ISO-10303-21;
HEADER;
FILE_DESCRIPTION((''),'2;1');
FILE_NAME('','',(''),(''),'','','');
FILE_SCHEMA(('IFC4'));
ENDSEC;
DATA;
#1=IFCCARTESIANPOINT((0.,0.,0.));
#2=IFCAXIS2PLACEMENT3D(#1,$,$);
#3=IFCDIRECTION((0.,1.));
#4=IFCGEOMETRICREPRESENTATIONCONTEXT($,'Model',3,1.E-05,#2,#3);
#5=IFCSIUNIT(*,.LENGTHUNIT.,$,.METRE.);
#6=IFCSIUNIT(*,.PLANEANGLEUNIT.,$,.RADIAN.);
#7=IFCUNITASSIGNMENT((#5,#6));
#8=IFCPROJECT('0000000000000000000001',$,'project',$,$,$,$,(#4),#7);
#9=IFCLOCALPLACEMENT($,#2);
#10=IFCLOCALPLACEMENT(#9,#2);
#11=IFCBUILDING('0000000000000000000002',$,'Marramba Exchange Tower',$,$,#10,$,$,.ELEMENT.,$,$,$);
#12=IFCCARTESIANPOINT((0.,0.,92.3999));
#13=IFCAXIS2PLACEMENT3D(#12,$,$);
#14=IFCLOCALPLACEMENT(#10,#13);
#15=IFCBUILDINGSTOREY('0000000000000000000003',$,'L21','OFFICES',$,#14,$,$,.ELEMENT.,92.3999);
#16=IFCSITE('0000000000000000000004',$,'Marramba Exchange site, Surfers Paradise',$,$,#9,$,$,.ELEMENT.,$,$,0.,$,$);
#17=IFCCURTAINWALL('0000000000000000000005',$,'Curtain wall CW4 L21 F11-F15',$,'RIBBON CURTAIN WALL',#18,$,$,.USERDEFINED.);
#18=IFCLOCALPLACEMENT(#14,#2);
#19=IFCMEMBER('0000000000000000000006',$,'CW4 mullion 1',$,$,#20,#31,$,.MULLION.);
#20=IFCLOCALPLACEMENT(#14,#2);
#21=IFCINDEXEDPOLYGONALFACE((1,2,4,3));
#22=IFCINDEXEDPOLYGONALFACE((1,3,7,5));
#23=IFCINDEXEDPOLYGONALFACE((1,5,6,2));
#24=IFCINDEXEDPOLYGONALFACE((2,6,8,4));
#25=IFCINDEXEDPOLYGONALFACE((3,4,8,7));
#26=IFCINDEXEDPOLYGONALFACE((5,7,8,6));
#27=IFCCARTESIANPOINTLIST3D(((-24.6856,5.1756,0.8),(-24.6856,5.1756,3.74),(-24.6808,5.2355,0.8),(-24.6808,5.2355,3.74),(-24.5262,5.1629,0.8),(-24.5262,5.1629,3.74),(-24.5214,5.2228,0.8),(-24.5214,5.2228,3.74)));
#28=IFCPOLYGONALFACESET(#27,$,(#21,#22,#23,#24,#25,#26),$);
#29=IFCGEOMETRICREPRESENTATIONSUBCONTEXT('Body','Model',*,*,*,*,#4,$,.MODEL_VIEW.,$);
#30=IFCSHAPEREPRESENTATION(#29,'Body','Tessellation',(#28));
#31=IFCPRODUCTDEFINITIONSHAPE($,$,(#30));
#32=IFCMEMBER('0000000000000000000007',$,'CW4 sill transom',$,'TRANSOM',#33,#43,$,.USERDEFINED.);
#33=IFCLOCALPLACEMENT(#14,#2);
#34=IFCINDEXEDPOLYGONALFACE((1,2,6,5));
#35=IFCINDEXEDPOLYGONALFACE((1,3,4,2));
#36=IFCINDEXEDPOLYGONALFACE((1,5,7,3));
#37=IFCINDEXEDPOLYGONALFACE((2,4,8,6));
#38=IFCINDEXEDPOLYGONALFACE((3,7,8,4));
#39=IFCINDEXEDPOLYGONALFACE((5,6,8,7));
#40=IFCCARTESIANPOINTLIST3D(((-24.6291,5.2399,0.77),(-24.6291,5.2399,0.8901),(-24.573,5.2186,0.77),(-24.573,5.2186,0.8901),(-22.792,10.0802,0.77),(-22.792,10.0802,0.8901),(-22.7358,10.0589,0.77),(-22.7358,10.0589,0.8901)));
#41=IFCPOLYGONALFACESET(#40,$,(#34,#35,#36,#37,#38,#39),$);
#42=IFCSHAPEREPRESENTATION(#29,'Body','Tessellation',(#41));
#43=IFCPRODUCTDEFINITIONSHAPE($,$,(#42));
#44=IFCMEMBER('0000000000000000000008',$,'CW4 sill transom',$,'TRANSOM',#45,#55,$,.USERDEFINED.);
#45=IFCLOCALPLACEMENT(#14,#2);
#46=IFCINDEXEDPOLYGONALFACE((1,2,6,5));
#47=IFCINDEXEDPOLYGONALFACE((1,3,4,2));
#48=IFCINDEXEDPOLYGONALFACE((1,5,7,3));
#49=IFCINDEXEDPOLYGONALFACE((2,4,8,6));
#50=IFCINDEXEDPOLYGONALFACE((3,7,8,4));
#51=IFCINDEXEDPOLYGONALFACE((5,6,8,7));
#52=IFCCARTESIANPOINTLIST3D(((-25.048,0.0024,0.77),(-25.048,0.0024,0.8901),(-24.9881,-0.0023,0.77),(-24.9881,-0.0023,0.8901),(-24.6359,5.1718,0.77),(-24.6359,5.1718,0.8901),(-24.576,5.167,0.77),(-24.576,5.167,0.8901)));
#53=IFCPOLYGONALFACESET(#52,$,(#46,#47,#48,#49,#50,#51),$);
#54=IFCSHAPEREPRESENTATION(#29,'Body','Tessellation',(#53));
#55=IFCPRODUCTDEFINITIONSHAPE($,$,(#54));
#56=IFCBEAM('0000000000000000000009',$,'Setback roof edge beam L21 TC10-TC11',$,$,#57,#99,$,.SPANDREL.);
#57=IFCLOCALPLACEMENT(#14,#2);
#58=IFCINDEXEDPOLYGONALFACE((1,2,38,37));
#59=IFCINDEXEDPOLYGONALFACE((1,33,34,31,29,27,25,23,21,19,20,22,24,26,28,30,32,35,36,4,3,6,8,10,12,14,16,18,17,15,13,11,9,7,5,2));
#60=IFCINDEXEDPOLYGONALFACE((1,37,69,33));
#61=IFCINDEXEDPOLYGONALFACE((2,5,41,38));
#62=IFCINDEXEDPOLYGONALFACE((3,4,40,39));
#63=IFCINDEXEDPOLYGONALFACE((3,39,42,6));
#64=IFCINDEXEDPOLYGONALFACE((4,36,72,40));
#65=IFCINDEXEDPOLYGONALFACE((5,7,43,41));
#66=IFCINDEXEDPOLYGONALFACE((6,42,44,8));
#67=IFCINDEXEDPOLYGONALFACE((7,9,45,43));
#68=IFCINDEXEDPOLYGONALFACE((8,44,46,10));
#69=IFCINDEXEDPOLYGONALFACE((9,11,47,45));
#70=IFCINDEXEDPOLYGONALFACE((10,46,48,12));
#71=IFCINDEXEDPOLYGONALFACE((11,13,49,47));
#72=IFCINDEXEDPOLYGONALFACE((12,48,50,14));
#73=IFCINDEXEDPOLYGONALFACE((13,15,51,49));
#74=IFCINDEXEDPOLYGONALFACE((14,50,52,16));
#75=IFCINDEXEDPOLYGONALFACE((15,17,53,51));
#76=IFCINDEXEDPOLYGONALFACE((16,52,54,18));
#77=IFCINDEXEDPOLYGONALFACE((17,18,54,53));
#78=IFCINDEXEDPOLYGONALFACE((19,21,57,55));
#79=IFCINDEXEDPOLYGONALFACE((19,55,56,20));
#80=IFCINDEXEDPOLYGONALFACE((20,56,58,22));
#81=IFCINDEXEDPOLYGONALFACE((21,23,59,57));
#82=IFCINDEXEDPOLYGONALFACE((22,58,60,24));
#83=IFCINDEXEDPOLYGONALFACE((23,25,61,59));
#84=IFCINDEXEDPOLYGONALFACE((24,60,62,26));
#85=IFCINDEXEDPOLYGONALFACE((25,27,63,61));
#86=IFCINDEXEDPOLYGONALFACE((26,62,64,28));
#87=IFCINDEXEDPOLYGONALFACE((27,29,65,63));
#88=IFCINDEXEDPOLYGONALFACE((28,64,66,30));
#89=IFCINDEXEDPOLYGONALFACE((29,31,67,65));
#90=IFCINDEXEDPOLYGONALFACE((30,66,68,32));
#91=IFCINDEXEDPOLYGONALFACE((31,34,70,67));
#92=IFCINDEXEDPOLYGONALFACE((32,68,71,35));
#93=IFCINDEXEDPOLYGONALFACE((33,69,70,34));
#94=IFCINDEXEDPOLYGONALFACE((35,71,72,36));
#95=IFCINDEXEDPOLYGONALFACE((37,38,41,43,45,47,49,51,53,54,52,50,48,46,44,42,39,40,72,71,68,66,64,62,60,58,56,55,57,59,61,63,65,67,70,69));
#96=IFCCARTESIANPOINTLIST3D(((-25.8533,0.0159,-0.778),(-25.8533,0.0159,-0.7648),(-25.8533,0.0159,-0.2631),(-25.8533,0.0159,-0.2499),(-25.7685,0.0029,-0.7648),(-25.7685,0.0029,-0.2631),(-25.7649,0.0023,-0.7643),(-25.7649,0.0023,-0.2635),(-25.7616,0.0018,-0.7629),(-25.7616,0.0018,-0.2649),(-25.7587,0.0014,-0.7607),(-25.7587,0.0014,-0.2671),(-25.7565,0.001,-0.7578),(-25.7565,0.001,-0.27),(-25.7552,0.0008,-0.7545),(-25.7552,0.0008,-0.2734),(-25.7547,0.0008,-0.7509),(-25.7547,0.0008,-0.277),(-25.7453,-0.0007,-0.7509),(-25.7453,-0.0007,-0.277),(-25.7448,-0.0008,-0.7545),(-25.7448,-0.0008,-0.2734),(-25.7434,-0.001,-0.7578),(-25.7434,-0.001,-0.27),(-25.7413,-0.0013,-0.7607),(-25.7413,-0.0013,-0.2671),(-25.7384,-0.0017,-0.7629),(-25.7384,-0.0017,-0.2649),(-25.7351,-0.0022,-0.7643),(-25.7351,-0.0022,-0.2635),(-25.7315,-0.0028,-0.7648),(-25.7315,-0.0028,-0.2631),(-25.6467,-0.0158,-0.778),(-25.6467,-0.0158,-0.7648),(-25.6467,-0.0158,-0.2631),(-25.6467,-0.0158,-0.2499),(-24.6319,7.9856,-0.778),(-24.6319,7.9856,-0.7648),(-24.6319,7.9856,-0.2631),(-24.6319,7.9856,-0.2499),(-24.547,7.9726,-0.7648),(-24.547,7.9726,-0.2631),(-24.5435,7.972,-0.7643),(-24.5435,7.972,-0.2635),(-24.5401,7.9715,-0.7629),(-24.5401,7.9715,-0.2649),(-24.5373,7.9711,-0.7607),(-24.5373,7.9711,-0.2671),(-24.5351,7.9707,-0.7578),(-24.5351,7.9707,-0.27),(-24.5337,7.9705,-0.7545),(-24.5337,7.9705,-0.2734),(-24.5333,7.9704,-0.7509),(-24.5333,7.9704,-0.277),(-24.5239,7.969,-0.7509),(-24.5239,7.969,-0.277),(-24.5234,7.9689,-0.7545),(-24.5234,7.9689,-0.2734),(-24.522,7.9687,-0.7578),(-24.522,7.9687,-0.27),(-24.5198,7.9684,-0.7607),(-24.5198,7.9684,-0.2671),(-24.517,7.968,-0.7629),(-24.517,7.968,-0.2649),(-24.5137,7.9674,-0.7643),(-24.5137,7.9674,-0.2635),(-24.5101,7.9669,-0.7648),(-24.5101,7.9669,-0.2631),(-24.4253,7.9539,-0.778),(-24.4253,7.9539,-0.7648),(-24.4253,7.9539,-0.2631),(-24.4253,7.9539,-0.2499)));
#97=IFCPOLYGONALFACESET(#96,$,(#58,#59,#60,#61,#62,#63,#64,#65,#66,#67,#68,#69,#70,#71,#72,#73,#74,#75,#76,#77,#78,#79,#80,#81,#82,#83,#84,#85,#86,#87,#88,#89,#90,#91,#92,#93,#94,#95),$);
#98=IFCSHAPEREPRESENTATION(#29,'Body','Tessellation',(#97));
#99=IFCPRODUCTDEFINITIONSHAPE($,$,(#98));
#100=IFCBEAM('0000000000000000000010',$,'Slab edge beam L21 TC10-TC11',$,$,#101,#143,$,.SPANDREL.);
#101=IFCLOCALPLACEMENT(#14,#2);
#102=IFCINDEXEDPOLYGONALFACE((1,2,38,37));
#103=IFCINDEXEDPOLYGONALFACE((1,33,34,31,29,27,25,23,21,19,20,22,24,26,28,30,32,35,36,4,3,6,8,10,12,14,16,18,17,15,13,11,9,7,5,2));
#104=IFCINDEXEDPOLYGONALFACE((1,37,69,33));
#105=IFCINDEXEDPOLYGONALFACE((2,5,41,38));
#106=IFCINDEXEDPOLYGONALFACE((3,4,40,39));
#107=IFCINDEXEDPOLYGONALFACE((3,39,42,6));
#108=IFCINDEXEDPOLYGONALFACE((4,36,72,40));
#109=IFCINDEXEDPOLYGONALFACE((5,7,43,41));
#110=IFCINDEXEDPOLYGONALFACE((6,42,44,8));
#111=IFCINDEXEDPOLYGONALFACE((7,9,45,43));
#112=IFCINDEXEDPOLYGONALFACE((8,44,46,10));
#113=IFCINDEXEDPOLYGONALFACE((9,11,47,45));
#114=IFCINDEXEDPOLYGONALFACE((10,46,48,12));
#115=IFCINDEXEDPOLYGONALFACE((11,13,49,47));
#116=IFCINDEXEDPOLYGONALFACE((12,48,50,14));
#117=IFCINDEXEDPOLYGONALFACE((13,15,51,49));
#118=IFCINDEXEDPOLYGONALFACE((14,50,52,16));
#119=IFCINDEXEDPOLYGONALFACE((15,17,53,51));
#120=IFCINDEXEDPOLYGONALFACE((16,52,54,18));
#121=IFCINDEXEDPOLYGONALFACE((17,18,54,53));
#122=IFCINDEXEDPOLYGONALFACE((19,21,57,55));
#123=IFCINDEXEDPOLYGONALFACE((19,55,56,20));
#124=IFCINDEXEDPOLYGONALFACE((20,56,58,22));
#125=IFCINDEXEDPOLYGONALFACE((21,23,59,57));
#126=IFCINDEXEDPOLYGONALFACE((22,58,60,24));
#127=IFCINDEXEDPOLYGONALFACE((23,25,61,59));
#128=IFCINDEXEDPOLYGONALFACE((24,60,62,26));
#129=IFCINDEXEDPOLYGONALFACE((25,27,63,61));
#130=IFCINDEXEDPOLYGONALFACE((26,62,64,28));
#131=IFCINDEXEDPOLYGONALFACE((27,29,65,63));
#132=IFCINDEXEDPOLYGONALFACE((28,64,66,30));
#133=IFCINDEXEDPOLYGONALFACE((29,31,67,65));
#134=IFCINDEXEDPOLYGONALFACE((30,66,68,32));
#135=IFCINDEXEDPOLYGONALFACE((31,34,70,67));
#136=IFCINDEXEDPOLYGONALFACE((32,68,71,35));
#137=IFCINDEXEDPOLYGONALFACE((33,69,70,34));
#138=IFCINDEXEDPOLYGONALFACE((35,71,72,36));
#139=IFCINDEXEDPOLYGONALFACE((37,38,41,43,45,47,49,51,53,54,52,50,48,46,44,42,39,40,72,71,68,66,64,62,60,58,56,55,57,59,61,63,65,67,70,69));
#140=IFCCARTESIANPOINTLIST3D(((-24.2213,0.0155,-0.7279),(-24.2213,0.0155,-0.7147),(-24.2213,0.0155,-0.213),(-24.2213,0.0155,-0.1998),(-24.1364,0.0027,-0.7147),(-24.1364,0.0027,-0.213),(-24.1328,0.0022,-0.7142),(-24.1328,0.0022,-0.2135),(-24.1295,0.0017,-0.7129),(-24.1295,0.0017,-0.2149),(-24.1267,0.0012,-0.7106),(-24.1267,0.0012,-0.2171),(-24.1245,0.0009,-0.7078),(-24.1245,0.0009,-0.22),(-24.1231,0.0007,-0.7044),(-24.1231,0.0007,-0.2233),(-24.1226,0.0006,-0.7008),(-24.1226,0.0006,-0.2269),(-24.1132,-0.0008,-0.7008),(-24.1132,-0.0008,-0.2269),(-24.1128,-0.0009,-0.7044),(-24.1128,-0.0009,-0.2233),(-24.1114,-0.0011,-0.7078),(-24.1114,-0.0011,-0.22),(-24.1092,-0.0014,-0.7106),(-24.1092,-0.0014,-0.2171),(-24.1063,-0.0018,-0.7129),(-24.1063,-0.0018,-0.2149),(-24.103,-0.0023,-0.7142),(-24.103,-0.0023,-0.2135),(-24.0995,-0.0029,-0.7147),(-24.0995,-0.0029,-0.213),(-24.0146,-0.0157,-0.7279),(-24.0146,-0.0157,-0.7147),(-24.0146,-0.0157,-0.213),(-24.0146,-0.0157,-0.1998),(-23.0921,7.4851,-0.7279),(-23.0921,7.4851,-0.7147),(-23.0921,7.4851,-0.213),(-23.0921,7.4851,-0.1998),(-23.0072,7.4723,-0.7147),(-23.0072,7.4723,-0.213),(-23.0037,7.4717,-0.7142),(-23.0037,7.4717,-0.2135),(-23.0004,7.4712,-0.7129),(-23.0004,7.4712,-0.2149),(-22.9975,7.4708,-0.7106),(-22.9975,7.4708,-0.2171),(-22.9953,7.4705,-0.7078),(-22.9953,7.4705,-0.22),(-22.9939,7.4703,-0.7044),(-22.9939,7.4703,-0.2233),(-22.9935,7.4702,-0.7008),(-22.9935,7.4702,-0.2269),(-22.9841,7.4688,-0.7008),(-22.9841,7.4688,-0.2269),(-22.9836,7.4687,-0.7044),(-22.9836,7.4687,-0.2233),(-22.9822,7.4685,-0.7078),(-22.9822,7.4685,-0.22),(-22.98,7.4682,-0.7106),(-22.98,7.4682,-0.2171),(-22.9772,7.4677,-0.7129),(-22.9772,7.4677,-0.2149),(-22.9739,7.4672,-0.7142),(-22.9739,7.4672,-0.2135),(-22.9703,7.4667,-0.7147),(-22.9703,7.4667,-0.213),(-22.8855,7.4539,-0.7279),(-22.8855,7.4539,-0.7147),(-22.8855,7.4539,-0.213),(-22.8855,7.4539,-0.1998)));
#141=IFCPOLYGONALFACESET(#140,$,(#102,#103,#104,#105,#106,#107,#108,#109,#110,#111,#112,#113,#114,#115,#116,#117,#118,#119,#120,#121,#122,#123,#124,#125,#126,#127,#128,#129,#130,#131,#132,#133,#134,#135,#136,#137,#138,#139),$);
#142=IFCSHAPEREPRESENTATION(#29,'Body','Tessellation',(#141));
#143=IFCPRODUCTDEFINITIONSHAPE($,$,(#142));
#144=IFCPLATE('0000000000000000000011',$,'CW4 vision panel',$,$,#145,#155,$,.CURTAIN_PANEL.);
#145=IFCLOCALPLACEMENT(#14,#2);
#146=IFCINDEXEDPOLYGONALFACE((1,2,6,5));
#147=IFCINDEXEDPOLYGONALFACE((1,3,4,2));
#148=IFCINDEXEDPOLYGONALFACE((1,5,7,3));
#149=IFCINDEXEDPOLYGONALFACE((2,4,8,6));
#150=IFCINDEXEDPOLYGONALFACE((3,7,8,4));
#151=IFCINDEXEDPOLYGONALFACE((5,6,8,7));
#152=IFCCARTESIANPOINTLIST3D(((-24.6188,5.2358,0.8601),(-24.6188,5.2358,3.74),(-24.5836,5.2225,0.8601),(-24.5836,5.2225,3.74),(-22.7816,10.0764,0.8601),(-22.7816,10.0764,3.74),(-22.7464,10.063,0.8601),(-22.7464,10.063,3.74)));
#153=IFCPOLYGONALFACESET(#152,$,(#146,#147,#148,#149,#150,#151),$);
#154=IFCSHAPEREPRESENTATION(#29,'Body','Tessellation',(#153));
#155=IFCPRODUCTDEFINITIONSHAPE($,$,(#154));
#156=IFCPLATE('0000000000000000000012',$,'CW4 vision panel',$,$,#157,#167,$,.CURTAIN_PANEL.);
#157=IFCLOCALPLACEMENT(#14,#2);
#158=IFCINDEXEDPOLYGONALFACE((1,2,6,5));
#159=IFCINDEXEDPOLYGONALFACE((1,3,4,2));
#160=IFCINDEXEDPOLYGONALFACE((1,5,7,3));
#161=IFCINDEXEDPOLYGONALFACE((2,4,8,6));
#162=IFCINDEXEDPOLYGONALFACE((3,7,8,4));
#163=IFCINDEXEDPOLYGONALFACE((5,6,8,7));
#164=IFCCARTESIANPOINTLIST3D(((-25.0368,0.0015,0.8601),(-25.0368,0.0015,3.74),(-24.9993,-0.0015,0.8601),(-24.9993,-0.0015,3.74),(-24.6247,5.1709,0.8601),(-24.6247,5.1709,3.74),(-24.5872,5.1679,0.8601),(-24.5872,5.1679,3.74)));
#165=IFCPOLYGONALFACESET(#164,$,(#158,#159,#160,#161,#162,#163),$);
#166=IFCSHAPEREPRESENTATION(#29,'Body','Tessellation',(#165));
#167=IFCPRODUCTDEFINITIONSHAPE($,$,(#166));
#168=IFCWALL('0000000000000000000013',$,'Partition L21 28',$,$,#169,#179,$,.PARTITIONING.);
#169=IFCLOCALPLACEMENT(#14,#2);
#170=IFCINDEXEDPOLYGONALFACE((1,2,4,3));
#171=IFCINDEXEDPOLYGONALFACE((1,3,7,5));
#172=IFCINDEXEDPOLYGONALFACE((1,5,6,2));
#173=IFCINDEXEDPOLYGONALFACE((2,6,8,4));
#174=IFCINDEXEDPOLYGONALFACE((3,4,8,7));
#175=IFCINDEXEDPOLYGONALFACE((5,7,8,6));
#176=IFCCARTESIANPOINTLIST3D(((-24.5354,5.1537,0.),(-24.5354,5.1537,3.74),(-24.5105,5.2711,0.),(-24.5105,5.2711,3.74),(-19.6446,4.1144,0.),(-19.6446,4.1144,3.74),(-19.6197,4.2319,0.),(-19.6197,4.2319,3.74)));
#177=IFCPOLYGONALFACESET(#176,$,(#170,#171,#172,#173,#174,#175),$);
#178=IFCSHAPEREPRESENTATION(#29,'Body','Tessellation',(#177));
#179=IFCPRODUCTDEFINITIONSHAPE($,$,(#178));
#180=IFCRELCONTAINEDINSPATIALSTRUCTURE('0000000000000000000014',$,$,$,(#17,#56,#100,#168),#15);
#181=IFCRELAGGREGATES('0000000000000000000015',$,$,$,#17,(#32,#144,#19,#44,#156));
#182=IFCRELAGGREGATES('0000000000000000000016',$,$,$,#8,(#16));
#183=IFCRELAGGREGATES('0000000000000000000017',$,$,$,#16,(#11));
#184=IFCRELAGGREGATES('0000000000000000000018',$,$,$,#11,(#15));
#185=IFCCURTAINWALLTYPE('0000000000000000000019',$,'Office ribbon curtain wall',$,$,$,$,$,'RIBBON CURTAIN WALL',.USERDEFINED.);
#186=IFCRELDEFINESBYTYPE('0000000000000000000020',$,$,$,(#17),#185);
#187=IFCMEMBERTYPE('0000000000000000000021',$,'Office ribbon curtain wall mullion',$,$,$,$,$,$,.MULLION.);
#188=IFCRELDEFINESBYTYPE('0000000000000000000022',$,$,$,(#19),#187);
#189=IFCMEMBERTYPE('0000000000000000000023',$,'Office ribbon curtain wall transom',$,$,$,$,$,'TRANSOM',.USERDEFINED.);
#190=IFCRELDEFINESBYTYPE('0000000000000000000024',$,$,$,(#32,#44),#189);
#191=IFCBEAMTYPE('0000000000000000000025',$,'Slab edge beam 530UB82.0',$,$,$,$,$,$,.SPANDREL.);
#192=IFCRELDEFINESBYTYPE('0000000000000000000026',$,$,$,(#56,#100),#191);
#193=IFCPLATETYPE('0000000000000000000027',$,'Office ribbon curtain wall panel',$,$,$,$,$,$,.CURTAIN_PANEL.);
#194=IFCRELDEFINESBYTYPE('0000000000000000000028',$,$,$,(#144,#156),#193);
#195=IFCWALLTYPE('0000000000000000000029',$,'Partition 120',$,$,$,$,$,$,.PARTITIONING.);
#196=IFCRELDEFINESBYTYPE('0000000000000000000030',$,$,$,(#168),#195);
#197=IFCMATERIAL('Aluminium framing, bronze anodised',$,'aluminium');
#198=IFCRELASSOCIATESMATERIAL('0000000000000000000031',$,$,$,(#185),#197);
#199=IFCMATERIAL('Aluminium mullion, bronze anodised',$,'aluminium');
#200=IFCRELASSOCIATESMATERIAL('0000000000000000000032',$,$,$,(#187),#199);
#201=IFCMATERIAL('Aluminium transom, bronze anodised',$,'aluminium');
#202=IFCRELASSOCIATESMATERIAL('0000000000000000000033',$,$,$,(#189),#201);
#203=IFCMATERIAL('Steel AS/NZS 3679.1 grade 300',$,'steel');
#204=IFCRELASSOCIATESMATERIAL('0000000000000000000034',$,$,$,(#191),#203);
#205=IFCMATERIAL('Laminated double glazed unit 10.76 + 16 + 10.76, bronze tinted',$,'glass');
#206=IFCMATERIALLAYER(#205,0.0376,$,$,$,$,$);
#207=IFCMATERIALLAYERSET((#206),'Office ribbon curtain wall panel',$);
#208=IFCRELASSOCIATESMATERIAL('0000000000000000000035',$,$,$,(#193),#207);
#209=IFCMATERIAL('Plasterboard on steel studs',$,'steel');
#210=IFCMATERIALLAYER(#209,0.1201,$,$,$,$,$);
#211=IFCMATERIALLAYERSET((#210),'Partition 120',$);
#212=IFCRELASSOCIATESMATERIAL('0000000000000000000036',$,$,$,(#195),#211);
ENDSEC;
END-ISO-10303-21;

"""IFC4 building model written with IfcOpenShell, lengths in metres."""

from ifc_helpers import new_model, si_unit, direction, frame, frame_2d, origin, origin_2d, place, context, subcontext, project, spatial, rectangle, i_section, extrude, material, layer, layer_set, material_profile, profile_set, type_object, element, aggregate, save


model = new_model("IFC4")

# Units and contexts
model_context = context("Model", 3, precision=1e-05, world=origin(), true_north=direction((0.0, 1.0)))
body_context = subcontext(model_context, "Body", "Model", "MODEL_VIEW")
ifc_project = project(units=[si_unit("LENGTHUNIT", "METRE"), si_unit("PLANEANGLEUNIT", "RADIAN")], contexts=[model_context])

# Site, building, storey
site_placement = place(None, origin())
site = spatial("IfcSite", under=ifc_project, at=site_placement, Name="Marramba Exchange site, Surfers Paradise", CompositionType="ELEMENT", RefElevation=0.0)
building_placement = place(site_placement, origin())
building = spatial("IfcBuilding", under=site, at=building_placement, Name="Marramba Exchange Tower", CompositionType="ELEMENT")
storey_placement = place(building_placement, frame((0.0, 0.0, 92.3999)))
storey = spatial("IfcBuildingStorey", under=building, at=storey_placement, Name="L21", Description="OFFICES", CompositionType="ELEMENT", Elevation=92.3999)

# Curtain wall, members
ifc_material_1 = material(Name="Aluminium framing, bronze anodised", Category="aluminium")
curtain_wall_type = type_object("IfcCurtainWallType", Name="Office ribbon curtain wall", ElementType="RIBBON CURTAIN WALL", PredefinedType="USERDEFINED", material=ifc_material_1)
curtain_wall_placement = place(storey_placement, origin())
curtain_wall = element("IfcCurtainWall", 1, at=curtain_wall_placement, inside=storey, type_object=curtain_wall_type, Name="Curtain wall CW4 L21 F11-F15", ObjectType="RIBBON CURTAIN WALL", PredefinedType="USERDEFINED")
ifc_material_2 = material(Name="Aluminium mullion, bronze anodised", Category="aluminium")
ifc_material_profile_1 = material_profile(ifc_material_2, rectangle(XDim=0.1599, YDim=0.0601, at=origin_2d()), Name="CW4 mullion 60x160")
ifc_profile_set_1 = profile_set([ifc_material_profile_1], Name="Aluminium mullion, bronze anodised")
member_type_1 = type_object("IfcMemberType", Name="Office ribbon curtain wall mullion", PredefinedType="MULLION", material=ifc_profile_set_1)
member_1_placement = place(storey_placement, frame((-24.6035, 5.1992, 0.8), z_axis=(0.0, 0.0, 1.0), x_axis=(0.996838, -0.07946, 0.0)))
member_1 = element("IfcMember", 2, at=member_1_placement, type_object=member_type_1, Name="CW4 mullion 1", PredefinedType="MULLION", context=body_context, shape_type="SweptSolid", body=[
    extrude(rectangle(XDim=0.1599, YDim=0.0601, at=origin_2d()), origin(), (0.0, 0.0, 1.0), 2.9399),
])
ifc_material_3 = material(Name="Aluminium transom, bronze anodised", Category="aluminium")
ifc_material_profile_2 = material_profile(ifc_material_3, rectangle(XDim=0.0601, YDim=0.1201, at=origin_2d()), Name="CW4 transom 60x120")
ifc_profile_set_2 = profile_set([ifc_material_profile_2], Name="Aluminium transom, bronze anodised")
member_type_2 = type_object("IfcMemberType", Name="Office ribbon curtain wall transom", ElementType="TRANSOM", PredefinedType="USERDEFINED", material=ifc_profile_set_2)
member_2_placement = place(storey_placement, frame((-22.7639, 10.0696, 0.8301), z_axis=(-0.354852, -0.934923, 0.0), x_axis=(0.934923, -0.354852, 0.0)))
member_2 = element("IfcMember", 3, at=member_2_placement, type_object=member_type_2, Name="CW4 sill transom", ObjectType="TRANSOM", PredefinedType="USERDEFINED", context=body_context, shape_type="SweptSolid", body=[
    extrude(rectangle(XDim=0.0601, YDim=0.1201, at=origin_2d()), origin(), (0.0, 0.0, 1.0), 5.1772),
])
member_3_placement = place(storey_placement, frame((-24.606, 5.1694, 0.8301), z_axis=(-0.079468, -0.996837, 0.0), x_axis=(0.996837, -0.079468, 0.0)))
member_3 = element("IfcMember", 4, at=member_3_placement, type_object=member_type_2, Name="CW4 sill transom", ObjectType="TRANSOM", PredefinedType="USERDEFINED", context=body_context, shape_type="SweptSolid", body=[
    extrude(rectangle(XDim=0.0601, YDim=0.1201, at=origin_2d()), origin(), (0.0, 0.0, 1.0), 5.1858),
])

# Beams
ifc_material_4 = material(Name="Steel AS/NZS 3679.1 grade 300", Category="steel")
ifc_material_profile_3 = material_profile(ifc_material_4, i_section(OverallWidth=0.209, OverallDepth=0.5281, WebThickness=0.0095, FlangeThickness=0.0132, FilletRadius=0.0139, at=origin_2d()), Name="530UB82.0")
ifc_profile_set_3 = profile_set([ifc_material_profile_3], Name="Steel AS/NZS 3679.1 grade 300")
beam_type = type_object("IfcBeamType", Name="Slab edge beam 530UB82.0", PredefinedType="SPANDREL", material=ifc_profile_set_3)
beam_1_placement = place(storey_placement, frame((-24.5286, 7.9697, -0.5139), z_axis=(-0.151491, -0.988459, 0.0), x_axis=(0.988459, -0.151491, 0.0)))
element("IfcBeam", 5, at=beam_1_placement, inside=storey, type_object=beam_type, Name="Setback roof edge beam L21 TC10-TC11", PredefinedType="SPANDREL", context=body_context, shape_type="SweptSolid", body=[
    extrude(i_section(OverallWidth=0.209, OverallDepth=0.5281, WebThickness=0.0095, FlangeThickness=0.0132, FilletRadius=0.0139, at=origin_2d()), origin(), (0.0, 0.0, 1.0), 8.0627),
])
beam_2_placement = place(storey_placement, frame((-22.9888, 7.4695, -0.4639), z_axis=(-0.14947, -0.988766, 0.0), x_axis=(0.988766, -0.14947, 0.0)))
element("IfcBeam", 6, at=beam_2_placement, inside=storey, type_object=beam_type, Name="Slab edge beam L21 TC10-TC11", PredefinedType="SPANDREL", context=body_context, shape_type="SweptSolid", body=[
    extrude(i_section(OverallWidth=0.209, OverallDepth=0.5281, WebThickness=0.0095, FlangeThickness=0.0132, FilletRadius=0.0139, at=origin_2d()), origin(), (0.0, 0.0, 1.0), 7.5544),
])

# Plates
ifc_material_5 = material(Name="Laminated double glazed unit 10.76 + 16 + 10.76, bronze tinted", Category="glass")
ifc_layer_1 = layer(ifc_material_5, 0.0376)
ifc_layer_set_1 = layer_set([ifc_layer_1], Name="Office ribbon curtain wall panel")
plate_type = type_object("IfcPlateType", Name="Office ribbon curtain wall panel", PredefinedType="CURTAIN_PANEL", material=ifc_layer_set_1)
plate_1_placement = place(storey_placement, frame((-23.6826, 7.6494, 0.8601), z_axis=(0.0, 0.0, 1.0), x_axis=(-0.354844, -0.934925, 0.0)))
plate_1 = element("IfcPlate", 7, at=plate_1_placement, type_object=plate_type, Name="CW4 vision panel", PredefinedType="CURTAIN_PANEL", context=body_context, shape_type="SweptSolid", body=[
    extrude(rectangle(XDim=5.1775, YDim=0.0376, at=origin_2d()), origin(), (0.0, 0.0, 1.0), 2.8799),
])
plate_2_placement = place(storey_placement, frame((-24.812, 2.5847, 0.8601), z_axis=(0.0, 0.0, 1.0), x_axis=(-0.07946, -0.996838, 0.0)))
plate_2 = element("IfcPlate", 8, at=plate_2_placement, type_object=plate_type, Name="CW4 vision panel", PredefinedType="CURTAIN_PANEL", context=body_context, shape_type="SweptSolid", body=[
    extrude(rectangle(XDim=5.1858, YDim=0.0376, at=origin_2d()), origin(), (0.0, 0.0, 1.0), 2.8799),
])
aggregate(curtain_wall, [member_2, plate_1, member_1, member_3, plate_2])

# Wall
ifc_material_6 = material(Name="Plasterboard on steel studs", Category="steel")
ifc_layer_2 = layer(ifc_material_6, 0.1201)
ifc_layer_set_2 = layer_set([ifc_layer_2], Name="Partition 120")
wall_type_1 = type_object("IfcWallType", Name="Partition 120", PredefinedType="PARTITIONING", material=ifc_layer_set_2)
wall_1_placement = place(storey_placement, frame((-24.5229, 5.2124, 0.0), z_axis=(0.0, 0.0, 1.0), x_axis=(0.978159, -0.207858, 0.0)))
element("IfcWall", 9, at=wall_1_placement, inside=storey, type_object=wall_type_1, Name="Partition L21 28", PredefinedType="PARTITIONING", context=body_context, shape_type="SweptSolid", body=[
    extrude(rectangle(XDim=5.0, YDim=0.1201, at=frame_2d((2.5, 0.0))), origin(), (0.0, 0.0, 1.0), 3.74),
])

save(model, "model.ifc")
